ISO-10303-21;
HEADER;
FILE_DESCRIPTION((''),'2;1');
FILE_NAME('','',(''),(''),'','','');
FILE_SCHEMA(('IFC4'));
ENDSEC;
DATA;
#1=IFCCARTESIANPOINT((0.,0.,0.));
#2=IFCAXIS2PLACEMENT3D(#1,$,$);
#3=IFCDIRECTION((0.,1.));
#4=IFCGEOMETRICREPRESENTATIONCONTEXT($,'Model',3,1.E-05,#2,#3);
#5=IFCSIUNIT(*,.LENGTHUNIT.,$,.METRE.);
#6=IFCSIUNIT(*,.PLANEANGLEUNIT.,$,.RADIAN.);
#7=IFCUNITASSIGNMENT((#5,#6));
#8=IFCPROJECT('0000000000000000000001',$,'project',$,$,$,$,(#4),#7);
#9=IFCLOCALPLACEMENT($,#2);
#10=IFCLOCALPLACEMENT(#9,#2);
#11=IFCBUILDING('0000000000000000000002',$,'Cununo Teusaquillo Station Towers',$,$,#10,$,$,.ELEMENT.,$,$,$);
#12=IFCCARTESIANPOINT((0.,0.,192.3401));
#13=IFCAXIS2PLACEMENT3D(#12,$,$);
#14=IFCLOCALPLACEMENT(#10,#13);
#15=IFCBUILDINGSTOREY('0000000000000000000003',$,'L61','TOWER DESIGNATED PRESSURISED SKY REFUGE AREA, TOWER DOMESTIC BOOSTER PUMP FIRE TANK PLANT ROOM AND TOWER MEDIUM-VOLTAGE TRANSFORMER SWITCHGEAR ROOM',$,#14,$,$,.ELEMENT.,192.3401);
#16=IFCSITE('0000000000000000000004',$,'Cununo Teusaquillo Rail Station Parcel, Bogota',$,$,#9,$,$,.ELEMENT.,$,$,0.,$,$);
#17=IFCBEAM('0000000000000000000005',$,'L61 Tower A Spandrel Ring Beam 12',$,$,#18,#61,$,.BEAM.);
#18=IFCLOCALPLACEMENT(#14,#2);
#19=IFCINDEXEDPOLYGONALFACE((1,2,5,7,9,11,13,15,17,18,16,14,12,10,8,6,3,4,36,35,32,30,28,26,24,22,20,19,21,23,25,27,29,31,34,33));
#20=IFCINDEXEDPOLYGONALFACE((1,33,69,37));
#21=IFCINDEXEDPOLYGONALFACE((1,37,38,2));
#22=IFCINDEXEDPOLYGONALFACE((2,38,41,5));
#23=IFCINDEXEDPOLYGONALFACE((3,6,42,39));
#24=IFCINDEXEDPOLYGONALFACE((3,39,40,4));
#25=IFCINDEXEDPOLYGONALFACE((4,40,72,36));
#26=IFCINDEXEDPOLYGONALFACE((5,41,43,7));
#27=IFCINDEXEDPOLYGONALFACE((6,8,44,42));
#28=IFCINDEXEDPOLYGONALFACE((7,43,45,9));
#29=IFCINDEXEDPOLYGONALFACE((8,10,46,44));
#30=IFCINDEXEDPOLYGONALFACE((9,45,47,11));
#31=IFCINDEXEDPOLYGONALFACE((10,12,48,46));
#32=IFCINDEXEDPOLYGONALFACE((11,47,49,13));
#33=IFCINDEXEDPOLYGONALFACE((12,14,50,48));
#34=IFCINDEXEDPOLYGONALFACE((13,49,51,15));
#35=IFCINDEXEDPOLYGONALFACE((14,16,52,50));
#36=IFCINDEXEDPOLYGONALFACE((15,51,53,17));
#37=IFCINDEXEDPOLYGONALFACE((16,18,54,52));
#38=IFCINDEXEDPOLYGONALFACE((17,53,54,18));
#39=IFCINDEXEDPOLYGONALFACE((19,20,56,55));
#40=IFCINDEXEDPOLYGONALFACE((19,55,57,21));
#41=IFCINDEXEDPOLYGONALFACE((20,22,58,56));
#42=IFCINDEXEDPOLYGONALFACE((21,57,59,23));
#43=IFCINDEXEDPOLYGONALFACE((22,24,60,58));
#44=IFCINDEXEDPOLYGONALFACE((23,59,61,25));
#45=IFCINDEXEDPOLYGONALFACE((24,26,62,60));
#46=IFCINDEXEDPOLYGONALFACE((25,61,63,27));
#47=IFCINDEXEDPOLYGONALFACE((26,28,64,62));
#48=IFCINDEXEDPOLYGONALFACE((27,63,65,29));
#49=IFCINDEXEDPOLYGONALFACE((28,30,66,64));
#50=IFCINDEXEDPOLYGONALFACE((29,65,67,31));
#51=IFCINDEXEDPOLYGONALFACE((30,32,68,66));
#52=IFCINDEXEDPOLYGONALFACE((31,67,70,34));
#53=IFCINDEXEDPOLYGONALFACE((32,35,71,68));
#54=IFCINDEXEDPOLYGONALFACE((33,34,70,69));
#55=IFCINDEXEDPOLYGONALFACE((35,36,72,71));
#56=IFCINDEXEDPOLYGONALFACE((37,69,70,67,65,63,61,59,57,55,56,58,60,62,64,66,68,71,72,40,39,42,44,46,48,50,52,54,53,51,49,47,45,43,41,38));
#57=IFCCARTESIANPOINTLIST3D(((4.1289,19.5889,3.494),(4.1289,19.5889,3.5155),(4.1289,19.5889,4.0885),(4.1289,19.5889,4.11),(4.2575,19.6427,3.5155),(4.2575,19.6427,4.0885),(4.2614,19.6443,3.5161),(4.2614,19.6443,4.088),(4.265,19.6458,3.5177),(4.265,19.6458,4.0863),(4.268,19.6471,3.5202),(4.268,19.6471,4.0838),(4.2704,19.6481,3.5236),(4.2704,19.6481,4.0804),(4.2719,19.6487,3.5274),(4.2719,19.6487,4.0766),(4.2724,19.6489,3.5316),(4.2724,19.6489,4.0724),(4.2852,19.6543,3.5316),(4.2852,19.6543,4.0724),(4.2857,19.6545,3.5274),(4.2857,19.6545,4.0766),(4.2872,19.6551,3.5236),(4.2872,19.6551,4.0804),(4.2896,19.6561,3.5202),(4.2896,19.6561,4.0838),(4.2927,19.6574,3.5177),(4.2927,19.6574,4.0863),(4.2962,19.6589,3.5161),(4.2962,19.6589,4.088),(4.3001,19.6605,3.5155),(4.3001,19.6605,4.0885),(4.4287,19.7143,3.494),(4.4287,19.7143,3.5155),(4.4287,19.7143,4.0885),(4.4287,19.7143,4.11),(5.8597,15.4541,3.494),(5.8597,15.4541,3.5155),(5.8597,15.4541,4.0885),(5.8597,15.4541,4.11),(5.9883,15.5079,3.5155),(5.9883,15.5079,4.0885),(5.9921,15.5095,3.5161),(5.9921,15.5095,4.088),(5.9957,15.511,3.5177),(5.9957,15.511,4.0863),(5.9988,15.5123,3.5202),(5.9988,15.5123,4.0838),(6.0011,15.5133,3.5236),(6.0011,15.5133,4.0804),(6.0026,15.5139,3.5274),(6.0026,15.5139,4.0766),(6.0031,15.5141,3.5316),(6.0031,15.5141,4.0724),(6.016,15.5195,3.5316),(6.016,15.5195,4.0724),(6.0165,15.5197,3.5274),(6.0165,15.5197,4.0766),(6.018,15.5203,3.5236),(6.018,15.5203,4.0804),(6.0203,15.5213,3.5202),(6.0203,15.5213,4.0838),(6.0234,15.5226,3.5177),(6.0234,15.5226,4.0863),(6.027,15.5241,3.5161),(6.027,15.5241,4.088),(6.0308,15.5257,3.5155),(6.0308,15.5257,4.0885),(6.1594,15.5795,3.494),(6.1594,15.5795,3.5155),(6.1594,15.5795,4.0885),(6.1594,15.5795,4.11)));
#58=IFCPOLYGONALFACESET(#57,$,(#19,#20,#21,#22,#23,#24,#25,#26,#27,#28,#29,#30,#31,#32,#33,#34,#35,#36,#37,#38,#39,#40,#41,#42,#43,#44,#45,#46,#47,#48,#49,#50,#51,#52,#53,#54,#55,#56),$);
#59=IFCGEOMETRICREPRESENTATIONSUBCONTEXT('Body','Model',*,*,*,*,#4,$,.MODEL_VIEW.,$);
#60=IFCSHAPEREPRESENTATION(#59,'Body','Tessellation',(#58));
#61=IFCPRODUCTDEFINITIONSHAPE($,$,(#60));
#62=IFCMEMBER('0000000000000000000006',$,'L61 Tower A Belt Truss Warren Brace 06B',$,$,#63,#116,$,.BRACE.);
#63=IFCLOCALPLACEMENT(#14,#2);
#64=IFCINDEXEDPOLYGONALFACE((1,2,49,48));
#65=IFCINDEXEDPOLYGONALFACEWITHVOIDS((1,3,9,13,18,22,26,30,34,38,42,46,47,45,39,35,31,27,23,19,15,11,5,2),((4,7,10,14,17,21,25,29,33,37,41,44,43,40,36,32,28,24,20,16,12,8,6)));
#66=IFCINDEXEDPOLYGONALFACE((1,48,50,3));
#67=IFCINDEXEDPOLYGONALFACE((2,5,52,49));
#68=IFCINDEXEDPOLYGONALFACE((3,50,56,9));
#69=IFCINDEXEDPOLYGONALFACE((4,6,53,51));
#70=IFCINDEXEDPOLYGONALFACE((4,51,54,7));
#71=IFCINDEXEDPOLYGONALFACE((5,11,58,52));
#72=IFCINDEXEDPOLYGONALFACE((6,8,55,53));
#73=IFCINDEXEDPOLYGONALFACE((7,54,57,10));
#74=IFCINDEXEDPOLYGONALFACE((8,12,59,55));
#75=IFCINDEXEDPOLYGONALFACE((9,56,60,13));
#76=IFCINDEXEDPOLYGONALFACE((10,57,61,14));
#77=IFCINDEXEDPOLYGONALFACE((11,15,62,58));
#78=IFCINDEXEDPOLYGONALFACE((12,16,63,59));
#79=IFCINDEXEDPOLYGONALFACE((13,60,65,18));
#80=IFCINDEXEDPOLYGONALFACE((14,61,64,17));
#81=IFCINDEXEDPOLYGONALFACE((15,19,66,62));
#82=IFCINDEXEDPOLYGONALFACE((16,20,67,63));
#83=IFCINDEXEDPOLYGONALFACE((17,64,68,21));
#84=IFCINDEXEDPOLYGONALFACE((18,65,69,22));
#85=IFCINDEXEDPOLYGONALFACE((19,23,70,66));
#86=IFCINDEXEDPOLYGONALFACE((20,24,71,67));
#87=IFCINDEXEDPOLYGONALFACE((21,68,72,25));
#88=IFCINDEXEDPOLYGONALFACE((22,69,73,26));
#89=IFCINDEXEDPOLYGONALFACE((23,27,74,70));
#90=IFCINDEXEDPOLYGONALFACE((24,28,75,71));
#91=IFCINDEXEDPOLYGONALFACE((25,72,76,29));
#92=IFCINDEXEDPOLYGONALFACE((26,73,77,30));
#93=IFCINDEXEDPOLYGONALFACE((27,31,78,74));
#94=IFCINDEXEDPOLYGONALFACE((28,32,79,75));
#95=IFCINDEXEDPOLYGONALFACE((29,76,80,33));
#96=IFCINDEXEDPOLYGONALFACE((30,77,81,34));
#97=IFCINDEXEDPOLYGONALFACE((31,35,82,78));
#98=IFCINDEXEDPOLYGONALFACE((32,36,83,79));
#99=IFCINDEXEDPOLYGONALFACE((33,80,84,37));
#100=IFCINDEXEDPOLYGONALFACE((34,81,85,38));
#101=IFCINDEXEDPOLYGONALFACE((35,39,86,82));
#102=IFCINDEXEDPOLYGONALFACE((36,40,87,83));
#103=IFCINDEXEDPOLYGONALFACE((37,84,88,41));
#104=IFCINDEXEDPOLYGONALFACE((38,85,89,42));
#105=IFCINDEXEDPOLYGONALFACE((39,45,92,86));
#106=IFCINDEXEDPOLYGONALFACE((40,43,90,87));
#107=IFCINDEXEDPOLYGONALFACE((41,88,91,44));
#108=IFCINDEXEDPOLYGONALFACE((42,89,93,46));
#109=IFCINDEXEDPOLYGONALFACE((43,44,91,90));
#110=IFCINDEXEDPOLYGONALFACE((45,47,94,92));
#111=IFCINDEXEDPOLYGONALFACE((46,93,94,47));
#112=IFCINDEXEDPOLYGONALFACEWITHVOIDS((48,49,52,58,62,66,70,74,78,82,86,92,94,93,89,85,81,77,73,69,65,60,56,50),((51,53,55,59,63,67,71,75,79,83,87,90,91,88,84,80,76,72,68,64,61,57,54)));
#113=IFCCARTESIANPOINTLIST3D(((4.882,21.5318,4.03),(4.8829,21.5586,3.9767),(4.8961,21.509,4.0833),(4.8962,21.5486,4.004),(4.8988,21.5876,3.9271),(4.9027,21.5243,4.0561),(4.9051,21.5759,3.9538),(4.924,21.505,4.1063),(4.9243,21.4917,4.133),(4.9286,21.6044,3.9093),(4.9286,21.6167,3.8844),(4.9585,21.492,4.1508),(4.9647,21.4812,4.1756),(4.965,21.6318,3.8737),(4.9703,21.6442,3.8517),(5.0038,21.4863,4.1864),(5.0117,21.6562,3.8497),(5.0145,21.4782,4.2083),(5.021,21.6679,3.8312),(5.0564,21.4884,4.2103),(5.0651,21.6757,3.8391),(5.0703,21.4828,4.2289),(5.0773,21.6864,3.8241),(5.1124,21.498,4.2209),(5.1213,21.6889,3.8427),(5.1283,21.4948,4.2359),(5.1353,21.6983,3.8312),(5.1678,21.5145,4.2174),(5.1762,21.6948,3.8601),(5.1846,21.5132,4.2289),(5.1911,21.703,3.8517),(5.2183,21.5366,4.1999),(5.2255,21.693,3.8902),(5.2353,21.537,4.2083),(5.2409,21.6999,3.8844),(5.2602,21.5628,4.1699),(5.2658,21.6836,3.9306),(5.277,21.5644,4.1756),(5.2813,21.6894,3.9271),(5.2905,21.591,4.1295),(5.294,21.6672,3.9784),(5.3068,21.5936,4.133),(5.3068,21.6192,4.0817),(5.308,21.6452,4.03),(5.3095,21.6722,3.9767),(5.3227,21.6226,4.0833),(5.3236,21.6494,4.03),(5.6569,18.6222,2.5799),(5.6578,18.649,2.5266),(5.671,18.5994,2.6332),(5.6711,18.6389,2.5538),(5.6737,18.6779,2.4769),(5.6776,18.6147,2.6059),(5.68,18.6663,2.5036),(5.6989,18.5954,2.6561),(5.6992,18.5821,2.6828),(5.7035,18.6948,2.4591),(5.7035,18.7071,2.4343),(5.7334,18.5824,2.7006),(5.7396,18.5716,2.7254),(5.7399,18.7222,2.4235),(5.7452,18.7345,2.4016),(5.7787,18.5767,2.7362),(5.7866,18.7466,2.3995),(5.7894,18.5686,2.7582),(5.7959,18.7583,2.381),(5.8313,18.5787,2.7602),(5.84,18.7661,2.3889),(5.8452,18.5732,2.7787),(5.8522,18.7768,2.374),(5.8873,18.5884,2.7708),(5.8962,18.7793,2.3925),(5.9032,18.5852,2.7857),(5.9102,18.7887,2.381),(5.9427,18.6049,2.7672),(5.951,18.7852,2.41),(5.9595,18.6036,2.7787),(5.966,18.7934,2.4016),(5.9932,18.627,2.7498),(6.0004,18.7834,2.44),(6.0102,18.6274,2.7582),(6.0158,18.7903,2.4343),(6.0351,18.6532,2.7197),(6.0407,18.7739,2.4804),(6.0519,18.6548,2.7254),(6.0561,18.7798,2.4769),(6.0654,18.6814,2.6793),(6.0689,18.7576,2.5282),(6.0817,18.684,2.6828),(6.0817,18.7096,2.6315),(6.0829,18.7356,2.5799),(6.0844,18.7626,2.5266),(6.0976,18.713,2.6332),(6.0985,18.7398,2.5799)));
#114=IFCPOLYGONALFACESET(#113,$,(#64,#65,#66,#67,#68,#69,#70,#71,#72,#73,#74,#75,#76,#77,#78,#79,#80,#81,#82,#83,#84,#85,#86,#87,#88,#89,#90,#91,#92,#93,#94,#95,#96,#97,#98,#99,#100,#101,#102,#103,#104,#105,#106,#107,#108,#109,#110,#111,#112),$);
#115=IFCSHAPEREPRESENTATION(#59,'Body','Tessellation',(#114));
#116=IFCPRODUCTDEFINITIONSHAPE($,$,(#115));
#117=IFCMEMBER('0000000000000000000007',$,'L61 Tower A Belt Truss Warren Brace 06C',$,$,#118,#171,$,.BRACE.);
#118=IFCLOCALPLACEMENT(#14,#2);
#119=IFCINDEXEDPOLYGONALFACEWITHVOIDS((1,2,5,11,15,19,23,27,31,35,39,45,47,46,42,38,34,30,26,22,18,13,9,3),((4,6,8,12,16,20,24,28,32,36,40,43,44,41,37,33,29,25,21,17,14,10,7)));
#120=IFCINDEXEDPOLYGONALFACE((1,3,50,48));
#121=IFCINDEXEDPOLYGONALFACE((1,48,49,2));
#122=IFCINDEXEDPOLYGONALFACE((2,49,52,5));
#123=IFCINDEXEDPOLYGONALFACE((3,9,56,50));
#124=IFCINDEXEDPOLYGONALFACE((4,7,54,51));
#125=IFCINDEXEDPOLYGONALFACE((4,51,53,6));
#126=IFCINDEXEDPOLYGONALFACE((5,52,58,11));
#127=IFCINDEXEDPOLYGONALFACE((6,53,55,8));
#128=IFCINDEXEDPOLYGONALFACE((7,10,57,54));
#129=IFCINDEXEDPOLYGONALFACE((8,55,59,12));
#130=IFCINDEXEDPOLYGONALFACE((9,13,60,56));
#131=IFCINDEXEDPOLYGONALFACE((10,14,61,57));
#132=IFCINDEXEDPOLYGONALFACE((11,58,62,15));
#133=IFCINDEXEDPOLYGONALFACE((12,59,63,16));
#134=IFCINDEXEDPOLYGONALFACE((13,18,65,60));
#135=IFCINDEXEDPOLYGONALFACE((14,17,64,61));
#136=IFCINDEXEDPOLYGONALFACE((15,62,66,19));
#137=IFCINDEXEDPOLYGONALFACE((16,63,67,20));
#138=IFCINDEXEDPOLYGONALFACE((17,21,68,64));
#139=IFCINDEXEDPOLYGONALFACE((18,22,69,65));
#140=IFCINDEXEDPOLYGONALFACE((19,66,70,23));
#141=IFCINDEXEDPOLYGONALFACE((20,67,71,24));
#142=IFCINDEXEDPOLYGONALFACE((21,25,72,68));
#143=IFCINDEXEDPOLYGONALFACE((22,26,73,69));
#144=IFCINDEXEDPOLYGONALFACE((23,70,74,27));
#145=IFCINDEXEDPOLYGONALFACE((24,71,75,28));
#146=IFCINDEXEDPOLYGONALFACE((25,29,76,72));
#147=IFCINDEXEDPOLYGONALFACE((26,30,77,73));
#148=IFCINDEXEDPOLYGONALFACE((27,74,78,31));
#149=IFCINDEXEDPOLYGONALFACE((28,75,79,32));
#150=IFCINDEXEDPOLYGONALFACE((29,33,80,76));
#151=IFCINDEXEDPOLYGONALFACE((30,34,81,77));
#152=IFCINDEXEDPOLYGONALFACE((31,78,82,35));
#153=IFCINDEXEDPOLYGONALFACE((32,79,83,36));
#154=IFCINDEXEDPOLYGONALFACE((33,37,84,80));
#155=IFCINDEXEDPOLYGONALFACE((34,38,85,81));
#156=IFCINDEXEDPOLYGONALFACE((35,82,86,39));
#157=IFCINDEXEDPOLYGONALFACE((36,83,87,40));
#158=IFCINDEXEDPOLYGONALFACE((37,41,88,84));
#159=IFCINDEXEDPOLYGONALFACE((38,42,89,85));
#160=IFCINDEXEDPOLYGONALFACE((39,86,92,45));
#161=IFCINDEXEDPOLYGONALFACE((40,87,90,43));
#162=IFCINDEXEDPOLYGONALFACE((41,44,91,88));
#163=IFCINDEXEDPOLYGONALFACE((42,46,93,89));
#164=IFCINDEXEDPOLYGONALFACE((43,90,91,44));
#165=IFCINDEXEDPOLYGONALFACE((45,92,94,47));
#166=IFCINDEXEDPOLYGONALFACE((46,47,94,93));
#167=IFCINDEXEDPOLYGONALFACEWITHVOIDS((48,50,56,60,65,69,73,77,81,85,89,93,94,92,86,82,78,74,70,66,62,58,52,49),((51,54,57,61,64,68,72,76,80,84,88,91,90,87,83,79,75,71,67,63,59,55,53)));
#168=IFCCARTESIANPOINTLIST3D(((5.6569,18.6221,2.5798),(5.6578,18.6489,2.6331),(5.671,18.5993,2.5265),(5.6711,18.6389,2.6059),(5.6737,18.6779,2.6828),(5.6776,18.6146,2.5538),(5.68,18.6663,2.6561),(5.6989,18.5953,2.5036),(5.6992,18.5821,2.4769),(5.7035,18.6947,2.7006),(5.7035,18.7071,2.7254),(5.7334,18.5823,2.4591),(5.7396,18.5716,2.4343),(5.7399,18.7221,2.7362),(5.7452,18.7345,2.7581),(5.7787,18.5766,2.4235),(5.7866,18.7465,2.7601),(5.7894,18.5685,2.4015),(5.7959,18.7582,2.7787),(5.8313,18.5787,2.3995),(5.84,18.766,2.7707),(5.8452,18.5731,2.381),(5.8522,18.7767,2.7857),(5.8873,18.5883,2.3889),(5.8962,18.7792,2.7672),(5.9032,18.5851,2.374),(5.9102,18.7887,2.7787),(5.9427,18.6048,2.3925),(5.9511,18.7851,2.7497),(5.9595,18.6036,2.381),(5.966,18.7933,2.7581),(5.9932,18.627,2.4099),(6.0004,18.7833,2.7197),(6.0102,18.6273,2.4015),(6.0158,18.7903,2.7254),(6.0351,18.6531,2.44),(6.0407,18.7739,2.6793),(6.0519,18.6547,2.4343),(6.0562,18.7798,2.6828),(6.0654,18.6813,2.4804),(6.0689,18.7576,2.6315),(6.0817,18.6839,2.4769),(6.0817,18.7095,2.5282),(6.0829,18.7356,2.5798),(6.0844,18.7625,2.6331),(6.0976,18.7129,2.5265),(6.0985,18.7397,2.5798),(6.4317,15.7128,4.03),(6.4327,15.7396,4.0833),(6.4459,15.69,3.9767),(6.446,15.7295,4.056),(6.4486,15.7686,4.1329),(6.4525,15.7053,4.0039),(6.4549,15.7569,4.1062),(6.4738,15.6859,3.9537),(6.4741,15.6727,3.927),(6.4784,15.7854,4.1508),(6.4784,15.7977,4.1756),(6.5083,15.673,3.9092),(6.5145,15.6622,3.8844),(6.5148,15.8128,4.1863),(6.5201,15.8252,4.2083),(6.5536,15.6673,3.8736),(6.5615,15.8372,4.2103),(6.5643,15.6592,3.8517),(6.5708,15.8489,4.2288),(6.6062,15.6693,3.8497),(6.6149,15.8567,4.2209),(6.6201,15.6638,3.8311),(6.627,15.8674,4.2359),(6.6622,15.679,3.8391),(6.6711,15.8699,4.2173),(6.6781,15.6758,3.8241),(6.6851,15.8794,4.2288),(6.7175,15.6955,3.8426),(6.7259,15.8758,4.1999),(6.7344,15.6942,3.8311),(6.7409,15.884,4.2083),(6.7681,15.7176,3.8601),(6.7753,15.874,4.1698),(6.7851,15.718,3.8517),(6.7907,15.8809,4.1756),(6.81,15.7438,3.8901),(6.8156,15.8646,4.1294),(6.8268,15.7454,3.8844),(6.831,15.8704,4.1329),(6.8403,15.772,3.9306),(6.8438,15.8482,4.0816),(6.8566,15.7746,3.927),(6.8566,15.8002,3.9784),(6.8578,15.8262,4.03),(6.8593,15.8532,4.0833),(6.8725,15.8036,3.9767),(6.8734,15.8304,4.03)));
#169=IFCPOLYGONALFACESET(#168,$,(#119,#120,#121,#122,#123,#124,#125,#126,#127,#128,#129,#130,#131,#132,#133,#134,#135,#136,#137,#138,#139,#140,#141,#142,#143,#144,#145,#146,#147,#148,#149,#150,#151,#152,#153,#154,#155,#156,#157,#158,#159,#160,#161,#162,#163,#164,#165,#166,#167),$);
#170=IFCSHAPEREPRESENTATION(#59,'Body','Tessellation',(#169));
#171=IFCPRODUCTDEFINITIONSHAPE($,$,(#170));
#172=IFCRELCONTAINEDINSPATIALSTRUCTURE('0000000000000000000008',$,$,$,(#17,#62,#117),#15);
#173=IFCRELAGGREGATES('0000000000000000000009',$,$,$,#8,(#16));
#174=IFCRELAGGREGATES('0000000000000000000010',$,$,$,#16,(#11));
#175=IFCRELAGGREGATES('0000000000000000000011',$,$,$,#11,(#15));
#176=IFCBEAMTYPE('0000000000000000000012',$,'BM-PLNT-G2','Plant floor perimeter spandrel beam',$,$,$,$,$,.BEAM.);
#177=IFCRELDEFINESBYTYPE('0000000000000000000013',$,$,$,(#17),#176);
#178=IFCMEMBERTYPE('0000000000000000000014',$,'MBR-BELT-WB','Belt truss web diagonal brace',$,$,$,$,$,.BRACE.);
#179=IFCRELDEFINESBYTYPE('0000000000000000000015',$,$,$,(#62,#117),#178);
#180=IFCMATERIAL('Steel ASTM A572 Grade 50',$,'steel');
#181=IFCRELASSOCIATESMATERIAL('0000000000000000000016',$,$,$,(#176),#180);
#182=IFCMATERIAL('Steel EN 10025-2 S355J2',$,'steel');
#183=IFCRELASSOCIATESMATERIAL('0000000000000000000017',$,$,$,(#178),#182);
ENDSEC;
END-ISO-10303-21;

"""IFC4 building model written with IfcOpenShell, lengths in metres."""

from ifc_helpers import new_model, si_unit, direction, frame, origin, origin_2d, place, context, subcontext, project, spatial, hollow_circle, i_section, extrude, material, material_profile, profile_set, type_object, element, save


model = new_model("IFC4")

# Units and contexts
model_context = context("Model", 3, precision=1e-05, world=origin(), true_north=direction((0.0, 1.0)))
body_context = subcontext(model_context, "Body", "Model", "MODEL_VIEW")
ifc_project = project(units=[si_unit("LENGTHUNIT", "METRE"), si_unit("PLANEANGLEUNIT", "RADIAN")], contexts=[model_context])

# Site, building, storey
site_placement = place(None, origin())
site = spatial("IfcSite", under=ifc_project, at=site_placement, Name="Cununo Teusaquillo Rail Station Parcel, Bogota", CompositionType="ELEMENT", RefElevation=0.0)
building_placement = place(site_placement, origin())
building = spatial("IfcBuilding", under=site, at=building_placement, Name="Cununo Teusaquillo Station Towers", CompositionType="ELEMENT")
storey_placement = place(building_placement, frame((0.0, 0.0, 192.3401)))
storey = spatial("IfcBuildingStorey", under=building, at=storey_placement, Name="L61", Description="TOWER DESIGNATED PRESSURISED SKY REFUGE AREA, TOWER DOMESTIC BOOSTER PUMP FIRE TANK PLANT ROOM AND TOWER MEDIUM-VOLTAGE TRANSFORMER SWITCHGEAR ROOM", CompositionType="ELEMENT", Elevation=192.3401)

# Beam
ifc_material_1 = material(Name="Steel ASTM A572 Grade 50", Category="steel")
ifc_material_profile_1 = material_profile(ifc_material_1, i_section(OverallWidth=0.325, OverallDepth=0.616, WebThickness=0.0139, FlangeThickness=0.0215, FilletRadius=0.0161, at=origin_2d()), Name="W24X117")
ifc_profile_set_1 = profile_set([ifc_material_profile_1], Name="Steel ASTM A572 Grade 50")
beam_type_1 = type_object("IfcBeamType", Name="BM-PLNT-G2", Description="Plant floor perimeter spandrel beam", PredefinedType="BEAM", material=ifc_profile_set_1)
beam_1_placement = place(storey_placement, frame((4.2788, 19.6516, 3.802), z_axis=(0.386115, -0.92245, 0.0), x_axis=(0.92245, 0.386115, 0.0)))
element("IfcBeam", 1, at=beam_1_placement, inside=storey, type_object=beam_type_1, Name="L61 Tower A Spandrel Ring Beam 12", PredefinedType="BEAM", context=body_context, shape_type="SweptSolid", body=[
    extrude(i_section(OverallWidth=0.325, OverallDepth=0.616, WebThickness=0.0139, FlangeThickness=0.0215, FilletRadius=0.0161, at=origin_2d()), origin(), (0.0, 0.0, 1.0), 4.4824),
])

# Members
ifc_material_2 = material(Name="Steel EN 10025-2 S355J2", Category="steel")
ifc_material_profile_2 = material_profile(ifc_material_2, hollow_circle(Radius=0.2285, WallThickness=0.0161, at=origin_2d()), Name="CHS 457x16")
ifc_profile_set_2 = profile_set([ifc_material_profile_2], Name="Steel EN 10025-2 S355J2")
member_type_1 = type_object("IfcMemberType", Name="MBR-BELT-WB", Description="Belt truss web diagonal brace", PredefinedType="BRACE", material=ifc_profile_set_2)
member_1_placement = place(storey_placement, frame((5.1028, 21.5906, 4.03), z_axis=(0.23186, -0.870608, -0.433916), x_axis=(0.966318, 0.25735, 0.0)))
element("IfcMember", 2, at=member_1_placement, inside=storey, type_object=member_type_1, Name="L61 Tower A Belt Truss Warren Brace 06B", PredefinedType="BRACE", context=body_context, shape_type="SweptSolid", body=[
    extrude(hollow_circle(Radius=0.2285, WallThickness=0.0161, at=origin_2d()), origin(), (0.0, 0.0, 1.0), 3.342),
])
member_2_placement = place(storey_placement, frame((5.8777, 18.6809, 2.5798), z_axis=(0.231875, -0.87059, 0.433944), x_axis=(0.966313, 0.25737, 0.0)))
element("IfcMember", 3, at=member_2_placement, inside=storey, type_object=member_type_1, Name="L61 Tower A Belt Truss Warren Brace 06C", PredefinedType="BRACE", context=body_context, shape_type="SweptSolid", body=[
    extrude(hollow_circle(Radius=0.2285, WallThickness=0.0161, at=origin_2d()), origin(), (0.0, 0.0, 1.0), 3.3418),
])

save(model, "model.ifc")
